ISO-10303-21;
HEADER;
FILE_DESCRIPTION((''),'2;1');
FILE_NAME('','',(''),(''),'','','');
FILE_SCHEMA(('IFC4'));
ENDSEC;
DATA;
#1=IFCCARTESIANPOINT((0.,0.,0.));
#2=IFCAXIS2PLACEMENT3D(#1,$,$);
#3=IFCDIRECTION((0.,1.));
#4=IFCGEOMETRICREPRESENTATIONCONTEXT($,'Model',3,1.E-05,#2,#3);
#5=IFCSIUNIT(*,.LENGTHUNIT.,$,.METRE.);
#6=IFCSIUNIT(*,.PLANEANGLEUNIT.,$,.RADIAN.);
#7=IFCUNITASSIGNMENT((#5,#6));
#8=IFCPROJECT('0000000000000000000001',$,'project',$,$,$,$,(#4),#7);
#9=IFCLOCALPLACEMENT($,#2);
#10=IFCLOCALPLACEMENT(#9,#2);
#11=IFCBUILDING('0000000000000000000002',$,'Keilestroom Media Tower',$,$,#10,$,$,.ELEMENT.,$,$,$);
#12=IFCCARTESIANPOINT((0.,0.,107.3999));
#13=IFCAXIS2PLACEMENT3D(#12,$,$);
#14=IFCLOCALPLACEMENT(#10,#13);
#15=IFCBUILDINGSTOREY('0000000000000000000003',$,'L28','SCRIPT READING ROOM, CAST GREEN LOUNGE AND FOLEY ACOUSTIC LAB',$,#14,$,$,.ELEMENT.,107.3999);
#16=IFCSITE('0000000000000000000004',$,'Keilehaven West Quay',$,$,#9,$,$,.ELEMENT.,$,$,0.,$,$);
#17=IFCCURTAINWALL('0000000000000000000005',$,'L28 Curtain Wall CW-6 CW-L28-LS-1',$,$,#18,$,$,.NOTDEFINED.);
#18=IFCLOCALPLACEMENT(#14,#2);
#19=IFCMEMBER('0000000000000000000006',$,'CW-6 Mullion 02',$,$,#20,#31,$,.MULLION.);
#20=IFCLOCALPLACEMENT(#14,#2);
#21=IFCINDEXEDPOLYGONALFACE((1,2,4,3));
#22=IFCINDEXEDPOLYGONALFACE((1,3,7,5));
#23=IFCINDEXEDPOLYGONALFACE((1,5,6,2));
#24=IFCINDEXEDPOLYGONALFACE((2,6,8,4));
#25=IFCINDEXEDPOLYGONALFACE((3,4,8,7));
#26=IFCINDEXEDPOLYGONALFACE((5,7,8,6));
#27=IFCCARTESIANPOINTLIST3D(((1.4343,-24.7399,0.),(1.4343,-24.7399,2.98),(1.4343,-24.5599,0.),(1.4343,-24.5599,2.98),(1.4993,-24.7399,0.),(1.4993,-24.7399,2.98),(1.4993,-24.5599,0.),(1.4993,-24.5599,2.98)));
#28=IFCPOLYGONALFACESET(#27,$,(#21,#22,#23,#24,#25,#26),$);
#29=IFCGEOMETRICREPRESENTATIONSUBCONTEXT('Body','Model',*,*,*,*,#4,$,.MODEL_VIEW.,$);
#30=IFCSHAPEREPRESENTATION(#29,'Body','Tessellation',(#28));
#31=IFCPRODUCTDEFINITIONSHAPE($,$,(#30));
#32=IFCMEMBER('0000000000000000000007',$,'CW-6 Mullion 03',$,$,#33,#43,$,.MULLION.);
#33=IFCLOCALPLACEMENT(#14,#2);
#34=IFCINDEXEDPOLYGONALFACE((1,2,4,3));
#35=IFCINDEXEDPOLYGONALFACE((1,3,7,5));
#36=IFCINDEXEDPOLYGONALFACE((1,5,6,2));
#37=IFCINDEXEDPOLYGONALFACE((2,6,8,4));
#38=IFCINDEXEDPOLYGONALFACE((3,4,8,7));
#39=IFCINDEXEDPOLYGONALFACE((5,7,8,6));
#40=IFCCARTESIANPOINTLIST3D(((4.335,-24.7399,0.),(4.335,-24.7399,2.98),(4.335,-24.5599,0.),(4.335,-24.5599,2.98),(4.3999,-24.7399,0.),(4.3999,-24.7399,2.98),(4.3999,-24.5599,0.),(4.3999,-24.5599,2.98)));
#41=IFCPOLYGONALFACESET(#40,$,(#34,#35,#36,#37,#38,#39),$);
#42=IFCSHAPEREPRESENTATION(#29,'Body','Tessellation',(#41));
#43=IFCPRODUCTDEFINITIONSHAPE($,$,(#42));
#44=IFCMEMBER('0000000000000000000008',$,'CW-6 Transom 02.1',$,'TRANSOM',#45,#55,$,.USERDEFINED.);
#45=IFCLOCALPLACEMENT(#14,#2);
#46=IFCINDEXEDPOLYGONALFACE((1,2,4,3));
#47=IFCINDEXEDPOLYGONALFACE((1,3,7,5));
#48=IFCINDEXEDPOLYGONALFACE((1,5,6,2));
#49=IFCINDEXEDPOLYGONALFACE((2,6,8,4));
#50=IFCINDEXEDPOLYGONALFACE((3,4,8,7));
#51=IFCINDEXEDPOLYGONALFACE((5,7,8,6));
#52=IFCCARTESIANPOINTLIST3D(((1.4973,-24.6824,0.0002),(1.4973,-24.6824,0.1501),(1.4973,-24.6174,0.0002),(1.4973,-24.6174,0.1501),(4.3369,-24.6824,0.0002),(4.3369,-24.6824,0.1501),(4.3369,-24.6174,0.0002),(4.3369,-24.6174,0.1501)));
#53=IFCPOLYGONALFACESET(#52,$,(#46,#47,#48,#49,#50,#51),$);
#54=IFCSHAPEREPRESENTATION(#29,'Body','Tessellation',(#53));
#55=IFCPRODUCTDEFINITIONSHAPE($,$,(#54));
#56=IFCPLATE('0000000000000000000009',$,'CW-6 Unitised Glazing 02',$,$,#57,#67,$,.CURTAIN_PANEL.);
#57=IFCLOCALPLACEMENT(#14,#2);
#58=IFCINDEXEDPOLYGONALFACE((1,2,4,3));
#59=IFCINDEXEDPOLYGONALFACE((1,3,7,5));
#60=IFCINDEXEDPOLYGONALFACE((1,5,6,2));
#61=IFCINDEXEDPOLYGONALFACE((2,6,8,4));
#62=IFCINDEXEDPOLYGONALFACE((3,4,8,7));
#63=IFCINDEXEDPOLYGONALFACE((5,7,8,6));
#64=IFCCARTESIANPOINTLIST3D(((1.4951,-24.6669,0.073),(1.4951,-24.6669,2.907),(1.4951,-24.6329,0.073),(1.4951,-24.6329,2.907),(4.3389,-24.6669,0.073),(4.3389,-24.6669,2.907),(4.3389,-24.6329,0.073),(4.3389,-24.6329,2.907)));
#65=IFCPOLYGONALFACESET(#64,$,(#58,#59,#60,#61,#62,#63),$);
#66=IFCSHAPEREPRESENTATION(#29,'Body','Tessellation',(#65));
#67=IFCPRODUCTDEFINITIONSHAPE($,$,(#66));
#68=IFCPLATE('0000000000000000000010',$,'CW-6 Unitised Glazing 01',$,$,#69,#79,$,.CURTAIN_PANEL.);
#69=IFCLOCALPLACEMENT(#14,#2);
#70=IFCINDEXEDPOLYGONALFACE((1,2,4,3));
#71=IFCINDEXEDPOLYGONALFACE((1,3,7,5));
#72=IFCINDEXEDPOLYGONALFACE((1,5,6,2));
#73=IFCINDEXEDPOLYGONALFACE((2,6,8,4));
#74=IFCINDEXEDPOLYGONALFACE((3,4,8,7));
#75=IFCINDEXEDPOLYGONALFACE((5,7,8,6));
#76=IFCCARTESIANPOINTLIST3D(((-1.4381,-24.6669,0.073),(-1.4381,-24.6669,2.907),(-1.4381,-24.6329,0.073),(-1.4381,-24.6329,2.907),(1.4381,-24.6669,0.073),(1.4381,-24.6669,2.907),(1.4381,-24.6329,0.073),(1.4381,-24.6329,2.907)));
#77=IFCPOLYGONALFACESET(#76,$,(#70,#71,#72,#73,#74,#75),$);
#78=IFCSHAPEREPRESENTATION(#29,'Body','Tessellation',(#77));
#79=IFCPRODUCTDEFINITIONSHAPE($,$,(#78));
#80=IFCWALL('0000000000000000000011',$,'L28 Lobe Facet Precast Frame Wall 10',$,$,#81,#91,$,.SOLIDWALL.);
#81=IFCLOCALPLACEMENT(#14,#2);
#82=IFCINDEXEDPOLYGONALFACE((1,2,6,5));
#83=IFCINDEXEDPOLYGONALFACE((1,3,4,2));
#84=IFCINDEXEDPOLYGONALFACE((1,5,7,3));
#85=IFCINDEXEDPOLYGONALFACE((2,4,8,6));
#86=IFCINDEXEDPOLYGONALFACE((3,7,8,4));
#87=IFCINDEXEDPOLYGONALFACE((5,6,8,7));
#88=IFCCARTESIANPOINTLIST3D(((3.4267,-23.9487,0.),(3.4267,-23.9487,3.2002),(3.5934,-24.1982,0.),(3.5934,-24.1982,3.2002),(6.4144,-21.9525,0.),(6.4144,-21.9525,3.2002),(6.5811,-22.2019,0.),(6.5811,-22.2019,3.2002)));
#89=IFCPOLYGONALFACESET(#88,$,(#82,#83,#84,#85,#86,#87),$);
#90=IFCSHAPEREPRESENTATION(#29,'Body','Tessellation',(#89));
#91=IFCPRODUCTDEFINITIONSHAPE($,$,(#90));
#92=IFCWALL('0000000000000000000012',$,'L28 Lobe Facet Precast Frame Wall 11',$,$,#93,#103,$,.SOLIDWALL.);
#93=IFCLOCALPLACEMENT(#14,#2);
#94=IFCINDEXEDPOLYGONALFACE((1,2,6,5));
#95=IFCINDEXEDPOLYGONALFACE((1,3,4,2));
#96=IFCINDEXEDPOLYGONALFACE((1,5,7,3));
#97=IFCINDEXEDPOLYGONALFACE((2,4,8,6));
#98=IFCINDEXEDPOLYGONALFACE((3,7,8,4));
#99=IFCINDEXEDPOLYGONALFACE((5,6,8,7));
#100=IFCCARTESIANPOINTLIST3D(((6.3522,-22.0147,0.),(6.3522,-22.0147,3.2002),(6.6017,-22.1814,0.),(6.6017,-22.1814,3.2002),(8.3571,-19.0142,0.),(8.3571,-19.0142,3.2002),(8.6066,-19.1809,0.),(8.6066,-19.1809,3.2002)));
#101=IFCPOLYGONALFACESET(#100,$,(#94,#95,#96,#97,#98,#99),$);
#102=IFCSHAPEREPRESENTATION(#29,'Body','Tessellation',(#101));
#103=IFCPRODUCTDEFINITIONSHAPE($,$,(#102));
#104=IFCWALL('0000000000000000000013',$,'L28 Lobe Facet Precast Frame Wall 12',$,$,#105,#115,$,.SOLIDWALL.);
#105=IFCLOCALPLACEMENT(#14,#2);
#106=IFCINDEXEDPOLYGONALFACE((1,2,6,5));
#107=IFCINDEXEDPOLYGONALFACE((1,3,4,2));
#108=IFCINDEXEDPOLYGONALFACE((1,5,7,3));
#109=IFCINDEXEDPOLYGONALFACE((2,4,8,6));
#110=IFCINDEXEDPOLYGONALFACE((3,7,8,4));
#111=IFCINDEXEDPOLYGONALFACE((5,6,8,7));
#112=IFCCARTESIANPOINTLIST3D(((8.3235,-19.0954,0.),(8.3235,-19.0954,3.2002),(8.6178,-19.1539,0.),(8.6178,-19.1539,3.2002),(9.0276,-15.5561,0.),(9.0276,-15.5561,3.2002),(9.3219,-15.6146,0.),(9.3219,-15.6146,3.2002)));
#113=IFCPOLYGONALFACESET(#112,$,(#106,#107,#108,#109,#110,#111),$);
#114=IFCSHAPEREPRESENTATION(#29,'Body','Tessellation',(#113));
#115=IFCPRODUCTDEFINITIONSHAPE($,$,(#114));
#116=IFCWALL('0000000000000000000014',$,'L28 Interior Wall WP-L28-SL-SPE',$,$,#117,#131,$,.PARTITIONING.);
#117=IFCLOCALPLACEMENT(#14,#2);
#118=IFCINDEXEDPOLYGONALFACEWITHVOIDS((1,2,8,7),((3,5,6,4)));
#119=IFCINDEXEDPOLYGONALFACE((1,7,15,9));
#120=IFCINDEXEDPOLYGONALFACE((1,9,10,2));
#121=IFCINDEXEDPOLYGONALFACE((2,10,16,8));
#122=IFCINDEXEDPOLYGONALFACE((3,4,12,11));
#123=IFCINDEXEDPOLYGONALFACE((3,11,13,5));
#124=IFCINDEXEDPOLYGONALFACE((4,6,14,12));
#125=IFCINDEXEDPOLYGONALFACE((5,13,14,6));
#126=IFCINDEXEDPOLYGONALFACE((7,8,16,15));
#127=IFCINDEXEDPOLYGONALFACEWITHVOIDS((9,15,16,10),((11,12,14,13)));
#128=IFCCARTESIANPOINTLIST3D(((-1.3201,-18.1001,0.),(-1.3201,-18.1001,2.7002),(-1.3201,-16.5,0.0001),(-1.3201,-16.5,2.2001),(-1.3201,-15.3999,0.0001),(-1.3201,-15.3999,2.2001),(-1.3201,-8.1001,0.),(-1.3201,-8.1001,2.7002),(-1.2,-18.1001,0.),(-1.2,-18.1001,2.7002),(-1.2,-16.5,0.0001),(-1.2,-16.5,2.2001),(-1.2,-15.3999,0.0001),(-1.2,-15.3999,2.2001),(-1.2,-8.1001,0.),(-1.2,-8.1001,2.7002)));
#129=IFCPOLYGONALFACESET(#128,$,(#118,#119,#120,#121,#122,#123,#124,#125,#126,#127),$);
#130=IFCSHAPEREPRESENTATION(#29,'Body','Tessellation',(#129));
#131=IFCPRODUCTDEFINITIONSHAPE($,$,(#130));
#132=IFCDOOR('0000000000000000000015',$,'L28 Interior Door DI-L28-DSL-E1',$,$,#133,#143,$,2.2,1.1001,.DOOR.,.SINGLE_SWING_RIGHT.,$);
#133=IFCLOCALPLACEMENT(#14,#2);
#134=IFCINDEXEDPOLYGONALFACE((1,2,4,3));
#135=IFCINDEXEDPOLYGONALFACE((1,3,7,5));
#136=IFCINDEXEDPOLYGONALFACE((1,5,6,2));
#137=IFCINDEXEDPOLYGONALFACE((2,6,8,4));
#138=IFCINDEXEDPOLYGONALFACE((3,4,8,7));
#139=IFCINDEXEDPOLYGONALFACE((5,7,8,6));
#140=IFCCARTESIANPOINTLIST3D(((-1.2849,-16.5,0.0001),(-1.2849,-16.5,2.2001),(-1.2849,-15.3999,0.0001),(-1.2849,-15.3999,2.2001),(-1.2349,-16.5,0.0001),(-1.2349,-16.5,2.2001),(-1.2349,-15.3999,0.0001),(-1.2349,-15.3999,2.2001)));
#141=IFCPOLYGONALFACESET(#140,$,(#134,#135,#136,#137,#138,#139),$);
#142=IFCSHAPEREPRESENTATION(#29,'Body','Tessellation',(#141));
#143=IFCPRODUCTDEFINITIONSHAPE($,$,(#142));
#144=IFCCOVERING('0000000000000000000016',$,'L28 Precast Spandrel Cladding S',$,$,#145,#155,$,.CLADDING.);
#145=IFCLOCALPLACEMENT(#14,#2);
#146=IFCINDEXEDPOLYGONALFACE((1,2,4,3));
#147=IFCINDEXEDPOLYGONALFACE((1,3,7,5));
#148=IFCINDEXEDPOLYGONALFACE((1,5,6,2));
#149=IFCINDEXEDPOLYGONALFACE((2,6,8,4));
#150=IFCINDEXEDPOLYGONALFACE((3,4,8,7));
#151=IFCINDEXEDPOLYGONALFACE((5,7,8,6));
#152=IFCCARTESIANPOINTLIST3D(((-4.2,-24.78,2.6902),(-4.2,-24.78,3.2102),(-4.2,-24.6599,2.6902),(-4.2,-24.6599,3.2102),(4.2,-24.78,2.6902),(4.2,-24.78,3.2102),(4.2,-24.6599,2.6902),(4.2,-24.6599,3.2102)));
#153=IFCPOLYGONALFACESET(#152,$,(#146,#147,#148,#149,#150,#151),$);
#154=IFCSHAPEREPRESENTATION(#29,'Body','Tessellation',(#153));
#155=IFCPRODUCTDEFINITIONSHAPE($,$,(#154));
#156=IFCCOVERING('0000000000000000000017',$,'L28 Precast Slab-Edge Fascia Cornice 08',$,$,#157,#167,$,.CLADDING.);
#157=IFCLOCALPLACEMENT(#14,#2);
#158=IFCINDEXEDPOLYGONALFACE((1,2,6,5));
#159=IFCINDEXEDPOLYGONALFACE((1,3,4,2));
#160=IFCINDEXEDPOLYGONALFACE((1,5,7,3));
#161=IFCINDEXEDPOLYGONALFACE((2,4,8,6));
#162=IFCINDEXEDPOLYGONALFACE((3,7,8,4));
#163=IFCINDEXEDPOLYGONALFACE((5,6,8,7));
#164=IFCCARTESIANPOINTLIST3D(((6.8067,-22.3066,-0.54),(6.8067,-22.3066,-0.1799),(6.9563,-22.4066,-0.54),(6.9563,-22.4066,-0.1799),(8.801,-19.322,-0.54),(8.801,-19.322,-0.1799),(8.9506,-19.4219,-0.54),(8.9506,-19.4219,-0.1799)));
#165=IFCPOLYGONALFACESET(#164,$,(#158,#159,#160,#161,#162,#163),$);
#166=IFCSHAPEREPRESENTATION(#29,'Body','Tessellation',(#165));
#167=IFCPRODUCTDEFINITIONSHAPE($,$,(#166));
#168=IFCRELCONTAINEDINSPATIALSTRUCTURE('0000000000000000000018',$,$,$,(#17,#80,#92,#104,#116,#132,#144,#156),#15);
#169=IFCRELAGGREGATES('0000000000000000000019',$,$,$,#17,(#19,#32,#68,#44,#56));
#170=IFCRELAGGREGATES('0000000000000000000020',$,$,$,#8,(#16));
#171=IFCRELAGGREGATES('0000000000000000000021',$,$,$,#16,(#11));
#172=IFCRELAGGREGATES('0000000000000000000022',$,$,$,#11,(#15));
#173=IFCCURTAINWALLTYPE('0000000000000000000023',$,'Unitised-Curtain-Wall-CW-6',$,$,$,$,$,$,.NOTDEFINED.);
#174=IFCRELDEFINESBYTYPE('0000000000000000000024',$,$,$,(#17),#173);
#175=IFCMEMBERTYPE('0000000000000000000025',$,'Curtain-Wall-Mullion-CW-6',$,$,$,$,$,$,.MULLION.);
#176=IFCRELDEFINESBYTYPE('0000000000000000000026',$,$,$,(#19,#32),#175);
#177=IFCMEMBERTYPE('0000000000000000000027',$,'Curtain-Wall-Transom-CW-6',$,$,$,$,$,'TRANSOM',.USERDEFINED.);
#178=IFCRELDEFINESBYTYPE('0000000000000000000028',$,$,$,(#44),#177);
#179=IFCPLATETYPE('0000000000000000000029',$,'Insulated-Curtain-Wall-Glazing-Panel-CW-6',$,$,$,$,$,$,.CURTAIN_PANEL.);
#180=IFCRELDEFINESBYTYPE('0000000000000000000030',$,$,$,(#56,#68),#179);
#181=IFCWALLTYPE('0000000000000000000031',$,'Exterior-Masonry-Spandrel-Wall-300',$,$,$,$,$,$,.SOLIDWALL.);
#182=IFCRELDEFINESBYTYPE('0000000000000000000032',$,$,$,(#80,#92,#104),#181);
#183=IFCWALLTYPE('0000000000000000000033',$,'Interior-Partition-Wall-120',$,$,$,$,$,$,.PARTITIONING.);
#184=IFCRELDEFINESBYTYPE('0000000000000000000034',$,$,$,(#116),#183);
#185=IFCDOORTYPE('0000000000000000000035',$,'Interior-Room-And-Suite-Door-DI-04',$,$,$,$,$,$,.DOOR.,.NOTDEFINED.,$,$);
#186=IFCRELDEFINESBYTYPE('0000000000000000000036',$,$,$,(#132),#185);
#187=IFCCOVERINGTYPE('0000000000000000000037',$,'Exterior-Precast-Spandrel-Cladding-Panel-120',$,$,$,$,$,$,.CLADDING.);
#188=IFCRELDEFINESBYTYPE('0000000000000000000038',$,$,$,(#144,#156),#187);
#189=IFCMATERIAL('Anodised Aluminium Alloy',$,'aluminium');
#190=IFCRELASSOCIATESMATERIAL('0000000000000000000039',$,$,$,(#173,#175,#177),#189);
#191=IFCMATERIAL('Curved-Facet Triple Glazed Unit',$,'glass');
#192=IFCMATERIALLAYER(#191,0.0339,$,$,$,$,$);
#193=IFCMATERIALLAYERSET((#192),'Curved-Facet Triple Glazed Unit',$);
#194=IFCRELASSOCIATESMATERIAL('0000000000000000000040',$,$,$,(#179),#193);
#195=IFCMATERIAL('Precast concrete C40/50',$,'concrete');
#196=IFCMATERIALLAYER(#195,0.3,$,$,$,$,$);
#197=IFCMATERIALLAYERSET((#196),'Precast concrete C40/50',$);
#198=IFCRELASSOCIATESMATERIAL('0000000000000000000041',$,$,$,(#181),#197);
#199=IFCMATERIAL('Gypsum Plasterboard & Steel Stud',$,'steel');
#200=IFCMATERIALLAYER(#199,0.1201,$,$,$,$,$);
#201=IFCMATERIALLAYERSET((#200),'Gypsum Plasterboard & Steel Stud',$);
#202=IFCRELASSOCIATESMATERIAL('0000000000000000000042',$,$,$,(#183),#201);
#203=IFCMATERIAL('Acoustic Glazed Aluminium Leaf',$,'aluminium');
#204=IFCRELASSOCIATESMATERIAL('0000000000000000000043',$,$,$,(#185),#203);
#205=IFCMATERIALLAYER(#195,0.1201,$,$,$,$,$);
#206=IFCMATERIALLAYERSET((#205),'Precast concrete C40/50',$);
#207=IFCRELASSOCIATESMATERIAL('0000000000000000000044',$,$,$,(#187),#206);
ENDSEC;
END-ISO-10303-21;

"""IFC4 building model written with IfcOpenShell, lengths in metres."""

from ifc_helpers import new_model, si_unit, direction, frame, frame_2d, origin, origin_2d, place, context, subcontext, project, spatial, rectangle, extrude, source, transform, mapped, material, layer, layer_set, material_profile, profile_set, type_object, element, fill, aggregate, save


model = new_model("IFC4")

# Units and contexts
model_context = context("Model", 3, precision=1e-05, world=origin(), true_north=direction((0.0, 1.0)))
body_context = subcontext(model_context, "Body", "Model", "MODEL_VIEW")
ifc_project = project(units=[si_unit("LENGTHUNIT", "METRE"), si_unit("PLANEANGLEUNIT", "RADIAN")], contexts=[model_context])

# Site, building, storey
site_placement = place(None, origin())
site = spatial("IfcSite", under=ifc_project, at=site_placement, Name="Keilehaven West Quay", CompositionType="ELEMENT", RefElevation=0.0)
building_placement = place(site_placement, origin())
building = spatial("IfcBuilding", under=site, at=building_placement, Name="Keilestroom Media Tower", CompositionType="ELEMENT")
storey_placement = place(building_placement, frame((0.0, 0.0, 107.3999)))
storey = spatial("IfcBuildingStorey", under=building, at=storey_placement, Name="L28", Description="SCRIPT READING ROOM, CAST GREEN LOUNGE AND FOLEY ACOUSTIC LAB", CompositionType="ELEMENT", Elevation=107.3999)

# Curtain wall, members, plates
ifc_material_1 = material(Name="Anodised Aluminium Alloy", Category="aluminium")
curtain_wall_type = type_object("IfcCurtainWallType", Name="Unitised-Curtain-Wall-CW-6", PredefinedType="NOTDEFINED", material=ifc_material_1)
curtain_wall_placement = place(storey_placement, origin())
curtain_wall = element("IfcCurtainWall", 1, at=curtain_wall_placement, inside=storey, type_object=curtain_wall_type, Name="L28 Curtain Wall CW-6 CW-L28-LS-1", PredefinedType="NOTDEFINED")
ifc_material_profile_1 = material_profile(ifc_material_1, rectangle(XDim=0.0649, YDim=0.1799, at=origin_2d()), Name="ALU MULLION 65x180")
ifc_profile_set_1 = profile_set([ifc_material_profile_1], Name="Anodised Aluminium Alloy")
member_type_1 = type_object("IfcMemberType", Name="Curtain-Wall-Mullion-CW-6", PredefinedType="MULLION", material=ifc_profile_set_1)
shared_shape_1 = source(origin(), body_context, "Body", "SweptSolid", [
    extrude(rectangle(XDim=0.0649, YDim=0.1799, at=origin_2d()), origin(), (0.0, 0.0, 1.0), 2.98),
])
member_1_placement = place(storey_placement, frame((1.4668, -24.6499, 0.0), z_axis=(0.0, 0.0, 1.0), x_axis=(1.0, 0.0, 0.0)))
member_1 = element("IfcMember", 2, at=member_1_placement, type_object=member_type_1, Name="CW-6 Mullion 02", PredefinedType="MULLION", context=body_context, shape_type="MappedRepresentation", body=[
    mapped(shared_shape_1, transform((0.0, 0.0, 0.0), x_axis=(1.0, 0.0, 0.0), y_axis=(0.0, 1.0, 0.0), z_axis=(0.0, 0.0, 1.0), scale=1.0)),
])
member_2_placement = place(storey_placement, frame((4.3674, -24.6499, 0.0), z_axis=(0.0, 0.0, 1.0), x_axis=(1.0, 0.0, 0.0)))
member_2 = element("IfcMember", 3, at=member_2_placement, type_object=member_type_1, Name="CW-6 Mullion 03", PredefinedType="MULLION", context=body_context, shape_type="MappedRepresentation", body=[
    mapped(shared_shape_1, transform((0.0, 0.0, 0.0), x_axis=(1.0, 0.0, 0.0), y_axis=(0.0, 1.0, 0.0), z_axis=(0.0, 0.0, 1.0), scale=1.0)),
])
ifc_material_profile_2 = material_profile(ifc_material_1, rectangle(XDim=0.0649, YDim=0.1499, at=origin_2d()), Name="ALU TRANSOM 65x150")
ifc_profile_set_2 = profile_set([ifc_material_profile_2], Name="Anodised Aluminium Alloy")
member_type_2 = type_object("IfcMemberType", Name="Curtain-Wall-Transom-CW-6", ElementType="TRANSOM", PredefinedType="USERDEFINED", material=ifc_profile_set_2)
shared_shape_2 = source(origin(), body_context, "Body", "SweptSolid", [
    extrude(rectangle(XDim=0.0649, YDim=0.1499, at=origin_2d()), origin(), (0.0, 0.0, 1.0), 2.8396),
])
member_3_placement = place(storey_placement, frame((1.4973, -24.6499, 0.0752), z_axis=(1.0, 0.0, 0.0), x_axis=(0.0, 1.0, 0.0)))
member_3 = element("IfcMember", 4, at=member_3_placement, type_object=member_type_2, Name="CW-6 Transom 02.1", ObjectType="TRANSOM", PredefinedType="USERDEFINED", context=body_context, shape_type="MappedRepresentation", body=[
    mapped(shared_shape_2, transform((0.0, 0.0, 0.0), x_axis=(1.0, 0.0, 0.0), y_axis=(0.0, 1.0, 0.0), z_axis=(0.0, 0.0, 1.0), scale=1.0)),
])
ifc_material_2 = material(Name="Curved-Facet Triple Glazed Unit", Category="glass")
ifc_layer_1 = layer(ifc_material_2, 0.0339)
ifc_layer_set_1 = layer_set([ifc_layer_1], Name="Curved-Facet Triple Glazed Unit")
plate_type = type_object("IfcPlateType", Name="Insulated-Curtain-Wall-Glazing-Panel-CW-6", PredefinedType="CURTAIN_PANEL", material=ifc_layer_set_1)
shared_shape_3 = source(origin(), body_context, "Body", "SweptSolid", [
    extrude(rectangle(XDim=2.8438, YDim=0.0339, at=origin_2d()), origin(), (0.0, 0.0, 1.0), 2.834),
])
plate_1_placement = place(storey_placement, frame((2.917, -24.6499, 0.073), z_axis=(0.0, 0.0, 1.0), x_axis=(1.0, 0.0, 0.0)))
plate_1 = element("IfcPlate", 5, at=plate_1_placement, type_object=plate_type, Name="CW-6 Unitised Glazing 02", PredefinedType="CURTAIN_PANEL", context=body_context, shape_type="MappedRepresentation", body=[
    mapped(shared_shape_3, transform((0.0, 0.0, 0.0), x_axis=(1.0, 0.0, 0.0), y_axis=(0.0, 1.0, 0.0), z_axis=(0.0, 0.0, 1.0), scale=1.0)),
])
shared_shape_4 = source(origin(), body_context, "Body", "SweptSolid", [
    extrude(rectangle(XDim=2.8762, YDim=0.0339, at=origin_2d()), origin(), (0.0, 0.0, 1.0), 2.834),
])
plate_2_placement = place(storey_placement, frame((0.0, -24.6499, 0.073), z_axis=(0.0, 0.0, 1.0), x_axis=(1.0, 0.0, 0.0)))
plate_2 = element("IfcPlate", 6, at=plate_2_placement, type_object=plate_type, Name="CW-6 Unitised Glazing 01", PredefinedType="CURTAIN_PANEL", context=body_context, shape_type="MappedRepresentation", body=[
    mapped(shared_shape_4, transform((0.0, 0.0, 0.0), x_axis=(1.0, 0.0, 0.0), y_axis=(0.0, 1.0, 0.0), z_axis=(0.0, 0.0, 1.0), scale=1.0)),
])
aggregate(curtain_wall, [member_1, member_2, plate_2, member_3, plate_1])

# Walls
ifc_material_3 = material(Name="Precast concrete C40/50", Category="concrete")
ifc_layer_2 = layer(ifc_material_3, 0.3)
ifc_layer_set_2 = layer_set([ifc_layer_2], Name="Precast concrete C40/50")
wall_type_1 = type_object("IfcWallType", Name="Exterior-Masonry-Spandrel-Wall-300", PredefinedType="SOLIDWALL", material=ifc_layer_set_2)
wall_1_placement = place(storey_placement, frame((3.51, -24.0735, 0.0), z_axis=(0.0, 0.0, 1.0), x_axis=(0.831475, 0.555562, 0.0)))
element("IfcWall", 7, at=wall_1_placement, inside=storey, type_object=wall_type_1, Name="L28 Lobe Facet Precast Frame Wall 10", PredefinedType="SOLIDWALL", context=body_context, shape_type="SweptSolid", body=[
    extrude(rectangle(XDim=3.5933, YDim=0.3, at=frame_2d((1.7966, 0.0))), origin(), (0.0, 0.0, 1.0), 3.2002),
])
for number, where, z_axis, x_axis, name in (
    (8, (6.4771, -22.0979, 0.0), (0.0, 0.0, 1.0), (0.555574, 0.831467, 0.0), "L28 Lobe Facet Precast Frame Wall 11"),
    (9, (8.4707, -19.1245, 0.0), (0.0, 0.0, 1.0), (0.195114, 0.980781, 0.0), "L28 Lobe Facet Precast Frame Wall 12"),
):
    element("IfcWall", number, at=place(storey_placement, frame(where, z_axis=z_axis, x_axis=x_axis)), inside=storey, type_object=wall_type_1, Name=name, PredefinedType="SOLIDWALL", context=body_context, shape_type="SweptSolid", body=[
        extrude(rectangle(XDim=3.6086, YDim=0.3, at=frame_2d((1.8042, 0.0))), origin(), (0.0, 0.0, 1.0), 3.2002),
    ])

# Wall, opening, door
ifc_material_4 = material(Name="Gypsum Plasterboard & Steel Stud", Category="steel")
ifc_layer_3 = layer(ifc_material_4, 0.1201)
ifc_layer_set_3 = layer_set([ifc_layer_3], Name="Gypsum Plasterboard & Steel Stud")
wall_type_2 = type_object("IfcWallType", Name="Interior-Partition-Wall-120", PredefinedType="PARTITIONING", material=ifc_layer_set_3)
wall_2_placement = place(storey_placement, frame((-1.26, -18.1001, 0.0), z_axis=(0.0, 0.0, 1.0), x_axis=(0.0, 1.0, 0.0)))
wall_2 = element("IfcWall", 10, at=wall_2_placement, inside=storey, type_object=wall_type_2, Name="L28 Interior Wall WP-L28-SL-SPE", PredefinedType="PARTITIONING", context=body_context, shape_type="SweptSolid", body=[
    extrude(rectangle(XDim=10.0, YDim=0.1201, at=frame_2d((5.0, 0.0))), origin(), (0.0, 0.0, 1.0), 2.7002),
])
opening_placement = place(wall_2_placement, frame((1.6001, 0.0, 0.0)))
opening = element("IfcOpeningElement", 11, at=opening_placement, cuts=wall_2, PredefinedType="OPENING", context=body_context, shape_type="SweptSolid", body=[
    extrude(rectangle(XDim=1.1001, YDim=2.2, at=frame_2d((0.55, 1.1001))), frame((0.0, 0.0701, 0.0), z_axis=(0.0, -1.0, 0.0), x_axis=(1.0, 0.0, 0.0)), (0.0, 0.0, 1.0), 0.1401),
])
ifc_material_5 = material(Name="Acoustic Glazed Aluminium Leaf", Category="aluminium")
door_type = type_object("IfcDoorType", Name="Interior-Room-And-Suite-Door-DI-04", OperationType="NOTDEFINED", PredefinedType="DOOR", material=ifc_material_5)
shared_shape_5 = source(origin(), body_context, "Body", "SweptSolid", [
    extrude(rectangle(XDim=1.1001, YDim=2.2, at=frame_2d((0.55, 1.1001))), frame((0.0, 0.0249, 0.0), z_axis=(0.0, -1.0, 0.0), x_axis=(1.0, 0.0, 0.0)), (0.0, 0.0, 1.0), 0.05),
])
door_placement = place(opening_placement, origin())
door = element("IfcDoor", 12, at=door_placement, inside=storey, type_object=door_type, Name="L28 Interior Door DI-L28-DSL-E1", OperationType="SINGLE_SWING_RIGHT", OverallHeight=2.2, OverallWidth=1.1001, PredefinedType="DOOR", context=body_context, shape_type="MappedRepresentation", body=[
    mapped(shared_shape_5, transform((0.0, 0.0, 0.0), x_axis=(1.0, 0.0, 0.0), y_axis=(0.0, 1.0, 0.0), z_axis=(0.0, 0.0, 1.0), scale=1.0)),
])
fill(opening, door)

# Coverings
ifc_layer_4 = layer(ifc_material_3, 0.1201)
ifc_layer_set_4 = layer_set([ifc_layer_4], Name="Precast concrete C40/50")
covering_type = type_object("IfcCoveringType", Name="Exterior-Precast-Spandrel-Cladding-Panel-120", PredefinedType="CLADDING", material=ifc_layer_set_4)
shared_shape_6 = source(origin(), body_context, "Body", "SweptSolid", [
    extrude(rectangle(XDim=8.3999, YDim=0.1201, at=origin_2d()), origin(), (0.0, 0.0, 1.0), 0.52),
])
covering_placement = place(storey_placement, frame((0.0, -24.72, 2.6902), z_axis=(0.0, 0.0, 1.0), x_axis=(1.0, 0.0, 0.0)))
element("IfcCovering", 13, at=covering_placement, inside=storey, type_object=covering_type, Name="L28 Precast Spandrel Cladding S", PredefinedType="CLADDING", context=body_context, shape_type="MappedRepresentation", body=[
    mapped(shared_shape_6, transform((0.0, 0.0, 0.0), x_axis=(1.0, 0.0, 0.0), y_axis=(0.0, 1.0, 0.0), z_axis=(0.0, 0.0, 1.0), scale=1.0)),
])
shared_shape_7 = source(origin(), body_context, "Body", "SweptSolid", [
    extrude(rectangle(XDim=3.5896, YDim=0.1799, at=origin_2d()), origin(), (0.0, 0.0, 1.0), 0.3601),
])
for number, where, z_axis, x_axis, name in (
    (14, (7.8787, -20.8643, -0.54), (0.0, 0.0, 1.0), (-0.555575, -0.831467, 0.0), "L28 Precast Slab-Edge Fascia Cornice 08"),
):
    element("IfcCovering", number, at=place(storey_placement, frame(where, z_axis=z_axis, x_axis=x_axis)), inside=storey, type_object=covering_type, Name=name, PredefinedType="CLADDING", context=body_context, shape_type="MappedRepresentation", body=[
        mapped(shared_shape_7, transform((0.0, 0.0, 0.0), x_axis=(1.0, 0.0, 0.0), y_axis=(0.0, 1.0, 0.0), z_axis=(0.0, 0.0, 1.0), scale=1.0)),
    ])

save(model, "model.ifc")
